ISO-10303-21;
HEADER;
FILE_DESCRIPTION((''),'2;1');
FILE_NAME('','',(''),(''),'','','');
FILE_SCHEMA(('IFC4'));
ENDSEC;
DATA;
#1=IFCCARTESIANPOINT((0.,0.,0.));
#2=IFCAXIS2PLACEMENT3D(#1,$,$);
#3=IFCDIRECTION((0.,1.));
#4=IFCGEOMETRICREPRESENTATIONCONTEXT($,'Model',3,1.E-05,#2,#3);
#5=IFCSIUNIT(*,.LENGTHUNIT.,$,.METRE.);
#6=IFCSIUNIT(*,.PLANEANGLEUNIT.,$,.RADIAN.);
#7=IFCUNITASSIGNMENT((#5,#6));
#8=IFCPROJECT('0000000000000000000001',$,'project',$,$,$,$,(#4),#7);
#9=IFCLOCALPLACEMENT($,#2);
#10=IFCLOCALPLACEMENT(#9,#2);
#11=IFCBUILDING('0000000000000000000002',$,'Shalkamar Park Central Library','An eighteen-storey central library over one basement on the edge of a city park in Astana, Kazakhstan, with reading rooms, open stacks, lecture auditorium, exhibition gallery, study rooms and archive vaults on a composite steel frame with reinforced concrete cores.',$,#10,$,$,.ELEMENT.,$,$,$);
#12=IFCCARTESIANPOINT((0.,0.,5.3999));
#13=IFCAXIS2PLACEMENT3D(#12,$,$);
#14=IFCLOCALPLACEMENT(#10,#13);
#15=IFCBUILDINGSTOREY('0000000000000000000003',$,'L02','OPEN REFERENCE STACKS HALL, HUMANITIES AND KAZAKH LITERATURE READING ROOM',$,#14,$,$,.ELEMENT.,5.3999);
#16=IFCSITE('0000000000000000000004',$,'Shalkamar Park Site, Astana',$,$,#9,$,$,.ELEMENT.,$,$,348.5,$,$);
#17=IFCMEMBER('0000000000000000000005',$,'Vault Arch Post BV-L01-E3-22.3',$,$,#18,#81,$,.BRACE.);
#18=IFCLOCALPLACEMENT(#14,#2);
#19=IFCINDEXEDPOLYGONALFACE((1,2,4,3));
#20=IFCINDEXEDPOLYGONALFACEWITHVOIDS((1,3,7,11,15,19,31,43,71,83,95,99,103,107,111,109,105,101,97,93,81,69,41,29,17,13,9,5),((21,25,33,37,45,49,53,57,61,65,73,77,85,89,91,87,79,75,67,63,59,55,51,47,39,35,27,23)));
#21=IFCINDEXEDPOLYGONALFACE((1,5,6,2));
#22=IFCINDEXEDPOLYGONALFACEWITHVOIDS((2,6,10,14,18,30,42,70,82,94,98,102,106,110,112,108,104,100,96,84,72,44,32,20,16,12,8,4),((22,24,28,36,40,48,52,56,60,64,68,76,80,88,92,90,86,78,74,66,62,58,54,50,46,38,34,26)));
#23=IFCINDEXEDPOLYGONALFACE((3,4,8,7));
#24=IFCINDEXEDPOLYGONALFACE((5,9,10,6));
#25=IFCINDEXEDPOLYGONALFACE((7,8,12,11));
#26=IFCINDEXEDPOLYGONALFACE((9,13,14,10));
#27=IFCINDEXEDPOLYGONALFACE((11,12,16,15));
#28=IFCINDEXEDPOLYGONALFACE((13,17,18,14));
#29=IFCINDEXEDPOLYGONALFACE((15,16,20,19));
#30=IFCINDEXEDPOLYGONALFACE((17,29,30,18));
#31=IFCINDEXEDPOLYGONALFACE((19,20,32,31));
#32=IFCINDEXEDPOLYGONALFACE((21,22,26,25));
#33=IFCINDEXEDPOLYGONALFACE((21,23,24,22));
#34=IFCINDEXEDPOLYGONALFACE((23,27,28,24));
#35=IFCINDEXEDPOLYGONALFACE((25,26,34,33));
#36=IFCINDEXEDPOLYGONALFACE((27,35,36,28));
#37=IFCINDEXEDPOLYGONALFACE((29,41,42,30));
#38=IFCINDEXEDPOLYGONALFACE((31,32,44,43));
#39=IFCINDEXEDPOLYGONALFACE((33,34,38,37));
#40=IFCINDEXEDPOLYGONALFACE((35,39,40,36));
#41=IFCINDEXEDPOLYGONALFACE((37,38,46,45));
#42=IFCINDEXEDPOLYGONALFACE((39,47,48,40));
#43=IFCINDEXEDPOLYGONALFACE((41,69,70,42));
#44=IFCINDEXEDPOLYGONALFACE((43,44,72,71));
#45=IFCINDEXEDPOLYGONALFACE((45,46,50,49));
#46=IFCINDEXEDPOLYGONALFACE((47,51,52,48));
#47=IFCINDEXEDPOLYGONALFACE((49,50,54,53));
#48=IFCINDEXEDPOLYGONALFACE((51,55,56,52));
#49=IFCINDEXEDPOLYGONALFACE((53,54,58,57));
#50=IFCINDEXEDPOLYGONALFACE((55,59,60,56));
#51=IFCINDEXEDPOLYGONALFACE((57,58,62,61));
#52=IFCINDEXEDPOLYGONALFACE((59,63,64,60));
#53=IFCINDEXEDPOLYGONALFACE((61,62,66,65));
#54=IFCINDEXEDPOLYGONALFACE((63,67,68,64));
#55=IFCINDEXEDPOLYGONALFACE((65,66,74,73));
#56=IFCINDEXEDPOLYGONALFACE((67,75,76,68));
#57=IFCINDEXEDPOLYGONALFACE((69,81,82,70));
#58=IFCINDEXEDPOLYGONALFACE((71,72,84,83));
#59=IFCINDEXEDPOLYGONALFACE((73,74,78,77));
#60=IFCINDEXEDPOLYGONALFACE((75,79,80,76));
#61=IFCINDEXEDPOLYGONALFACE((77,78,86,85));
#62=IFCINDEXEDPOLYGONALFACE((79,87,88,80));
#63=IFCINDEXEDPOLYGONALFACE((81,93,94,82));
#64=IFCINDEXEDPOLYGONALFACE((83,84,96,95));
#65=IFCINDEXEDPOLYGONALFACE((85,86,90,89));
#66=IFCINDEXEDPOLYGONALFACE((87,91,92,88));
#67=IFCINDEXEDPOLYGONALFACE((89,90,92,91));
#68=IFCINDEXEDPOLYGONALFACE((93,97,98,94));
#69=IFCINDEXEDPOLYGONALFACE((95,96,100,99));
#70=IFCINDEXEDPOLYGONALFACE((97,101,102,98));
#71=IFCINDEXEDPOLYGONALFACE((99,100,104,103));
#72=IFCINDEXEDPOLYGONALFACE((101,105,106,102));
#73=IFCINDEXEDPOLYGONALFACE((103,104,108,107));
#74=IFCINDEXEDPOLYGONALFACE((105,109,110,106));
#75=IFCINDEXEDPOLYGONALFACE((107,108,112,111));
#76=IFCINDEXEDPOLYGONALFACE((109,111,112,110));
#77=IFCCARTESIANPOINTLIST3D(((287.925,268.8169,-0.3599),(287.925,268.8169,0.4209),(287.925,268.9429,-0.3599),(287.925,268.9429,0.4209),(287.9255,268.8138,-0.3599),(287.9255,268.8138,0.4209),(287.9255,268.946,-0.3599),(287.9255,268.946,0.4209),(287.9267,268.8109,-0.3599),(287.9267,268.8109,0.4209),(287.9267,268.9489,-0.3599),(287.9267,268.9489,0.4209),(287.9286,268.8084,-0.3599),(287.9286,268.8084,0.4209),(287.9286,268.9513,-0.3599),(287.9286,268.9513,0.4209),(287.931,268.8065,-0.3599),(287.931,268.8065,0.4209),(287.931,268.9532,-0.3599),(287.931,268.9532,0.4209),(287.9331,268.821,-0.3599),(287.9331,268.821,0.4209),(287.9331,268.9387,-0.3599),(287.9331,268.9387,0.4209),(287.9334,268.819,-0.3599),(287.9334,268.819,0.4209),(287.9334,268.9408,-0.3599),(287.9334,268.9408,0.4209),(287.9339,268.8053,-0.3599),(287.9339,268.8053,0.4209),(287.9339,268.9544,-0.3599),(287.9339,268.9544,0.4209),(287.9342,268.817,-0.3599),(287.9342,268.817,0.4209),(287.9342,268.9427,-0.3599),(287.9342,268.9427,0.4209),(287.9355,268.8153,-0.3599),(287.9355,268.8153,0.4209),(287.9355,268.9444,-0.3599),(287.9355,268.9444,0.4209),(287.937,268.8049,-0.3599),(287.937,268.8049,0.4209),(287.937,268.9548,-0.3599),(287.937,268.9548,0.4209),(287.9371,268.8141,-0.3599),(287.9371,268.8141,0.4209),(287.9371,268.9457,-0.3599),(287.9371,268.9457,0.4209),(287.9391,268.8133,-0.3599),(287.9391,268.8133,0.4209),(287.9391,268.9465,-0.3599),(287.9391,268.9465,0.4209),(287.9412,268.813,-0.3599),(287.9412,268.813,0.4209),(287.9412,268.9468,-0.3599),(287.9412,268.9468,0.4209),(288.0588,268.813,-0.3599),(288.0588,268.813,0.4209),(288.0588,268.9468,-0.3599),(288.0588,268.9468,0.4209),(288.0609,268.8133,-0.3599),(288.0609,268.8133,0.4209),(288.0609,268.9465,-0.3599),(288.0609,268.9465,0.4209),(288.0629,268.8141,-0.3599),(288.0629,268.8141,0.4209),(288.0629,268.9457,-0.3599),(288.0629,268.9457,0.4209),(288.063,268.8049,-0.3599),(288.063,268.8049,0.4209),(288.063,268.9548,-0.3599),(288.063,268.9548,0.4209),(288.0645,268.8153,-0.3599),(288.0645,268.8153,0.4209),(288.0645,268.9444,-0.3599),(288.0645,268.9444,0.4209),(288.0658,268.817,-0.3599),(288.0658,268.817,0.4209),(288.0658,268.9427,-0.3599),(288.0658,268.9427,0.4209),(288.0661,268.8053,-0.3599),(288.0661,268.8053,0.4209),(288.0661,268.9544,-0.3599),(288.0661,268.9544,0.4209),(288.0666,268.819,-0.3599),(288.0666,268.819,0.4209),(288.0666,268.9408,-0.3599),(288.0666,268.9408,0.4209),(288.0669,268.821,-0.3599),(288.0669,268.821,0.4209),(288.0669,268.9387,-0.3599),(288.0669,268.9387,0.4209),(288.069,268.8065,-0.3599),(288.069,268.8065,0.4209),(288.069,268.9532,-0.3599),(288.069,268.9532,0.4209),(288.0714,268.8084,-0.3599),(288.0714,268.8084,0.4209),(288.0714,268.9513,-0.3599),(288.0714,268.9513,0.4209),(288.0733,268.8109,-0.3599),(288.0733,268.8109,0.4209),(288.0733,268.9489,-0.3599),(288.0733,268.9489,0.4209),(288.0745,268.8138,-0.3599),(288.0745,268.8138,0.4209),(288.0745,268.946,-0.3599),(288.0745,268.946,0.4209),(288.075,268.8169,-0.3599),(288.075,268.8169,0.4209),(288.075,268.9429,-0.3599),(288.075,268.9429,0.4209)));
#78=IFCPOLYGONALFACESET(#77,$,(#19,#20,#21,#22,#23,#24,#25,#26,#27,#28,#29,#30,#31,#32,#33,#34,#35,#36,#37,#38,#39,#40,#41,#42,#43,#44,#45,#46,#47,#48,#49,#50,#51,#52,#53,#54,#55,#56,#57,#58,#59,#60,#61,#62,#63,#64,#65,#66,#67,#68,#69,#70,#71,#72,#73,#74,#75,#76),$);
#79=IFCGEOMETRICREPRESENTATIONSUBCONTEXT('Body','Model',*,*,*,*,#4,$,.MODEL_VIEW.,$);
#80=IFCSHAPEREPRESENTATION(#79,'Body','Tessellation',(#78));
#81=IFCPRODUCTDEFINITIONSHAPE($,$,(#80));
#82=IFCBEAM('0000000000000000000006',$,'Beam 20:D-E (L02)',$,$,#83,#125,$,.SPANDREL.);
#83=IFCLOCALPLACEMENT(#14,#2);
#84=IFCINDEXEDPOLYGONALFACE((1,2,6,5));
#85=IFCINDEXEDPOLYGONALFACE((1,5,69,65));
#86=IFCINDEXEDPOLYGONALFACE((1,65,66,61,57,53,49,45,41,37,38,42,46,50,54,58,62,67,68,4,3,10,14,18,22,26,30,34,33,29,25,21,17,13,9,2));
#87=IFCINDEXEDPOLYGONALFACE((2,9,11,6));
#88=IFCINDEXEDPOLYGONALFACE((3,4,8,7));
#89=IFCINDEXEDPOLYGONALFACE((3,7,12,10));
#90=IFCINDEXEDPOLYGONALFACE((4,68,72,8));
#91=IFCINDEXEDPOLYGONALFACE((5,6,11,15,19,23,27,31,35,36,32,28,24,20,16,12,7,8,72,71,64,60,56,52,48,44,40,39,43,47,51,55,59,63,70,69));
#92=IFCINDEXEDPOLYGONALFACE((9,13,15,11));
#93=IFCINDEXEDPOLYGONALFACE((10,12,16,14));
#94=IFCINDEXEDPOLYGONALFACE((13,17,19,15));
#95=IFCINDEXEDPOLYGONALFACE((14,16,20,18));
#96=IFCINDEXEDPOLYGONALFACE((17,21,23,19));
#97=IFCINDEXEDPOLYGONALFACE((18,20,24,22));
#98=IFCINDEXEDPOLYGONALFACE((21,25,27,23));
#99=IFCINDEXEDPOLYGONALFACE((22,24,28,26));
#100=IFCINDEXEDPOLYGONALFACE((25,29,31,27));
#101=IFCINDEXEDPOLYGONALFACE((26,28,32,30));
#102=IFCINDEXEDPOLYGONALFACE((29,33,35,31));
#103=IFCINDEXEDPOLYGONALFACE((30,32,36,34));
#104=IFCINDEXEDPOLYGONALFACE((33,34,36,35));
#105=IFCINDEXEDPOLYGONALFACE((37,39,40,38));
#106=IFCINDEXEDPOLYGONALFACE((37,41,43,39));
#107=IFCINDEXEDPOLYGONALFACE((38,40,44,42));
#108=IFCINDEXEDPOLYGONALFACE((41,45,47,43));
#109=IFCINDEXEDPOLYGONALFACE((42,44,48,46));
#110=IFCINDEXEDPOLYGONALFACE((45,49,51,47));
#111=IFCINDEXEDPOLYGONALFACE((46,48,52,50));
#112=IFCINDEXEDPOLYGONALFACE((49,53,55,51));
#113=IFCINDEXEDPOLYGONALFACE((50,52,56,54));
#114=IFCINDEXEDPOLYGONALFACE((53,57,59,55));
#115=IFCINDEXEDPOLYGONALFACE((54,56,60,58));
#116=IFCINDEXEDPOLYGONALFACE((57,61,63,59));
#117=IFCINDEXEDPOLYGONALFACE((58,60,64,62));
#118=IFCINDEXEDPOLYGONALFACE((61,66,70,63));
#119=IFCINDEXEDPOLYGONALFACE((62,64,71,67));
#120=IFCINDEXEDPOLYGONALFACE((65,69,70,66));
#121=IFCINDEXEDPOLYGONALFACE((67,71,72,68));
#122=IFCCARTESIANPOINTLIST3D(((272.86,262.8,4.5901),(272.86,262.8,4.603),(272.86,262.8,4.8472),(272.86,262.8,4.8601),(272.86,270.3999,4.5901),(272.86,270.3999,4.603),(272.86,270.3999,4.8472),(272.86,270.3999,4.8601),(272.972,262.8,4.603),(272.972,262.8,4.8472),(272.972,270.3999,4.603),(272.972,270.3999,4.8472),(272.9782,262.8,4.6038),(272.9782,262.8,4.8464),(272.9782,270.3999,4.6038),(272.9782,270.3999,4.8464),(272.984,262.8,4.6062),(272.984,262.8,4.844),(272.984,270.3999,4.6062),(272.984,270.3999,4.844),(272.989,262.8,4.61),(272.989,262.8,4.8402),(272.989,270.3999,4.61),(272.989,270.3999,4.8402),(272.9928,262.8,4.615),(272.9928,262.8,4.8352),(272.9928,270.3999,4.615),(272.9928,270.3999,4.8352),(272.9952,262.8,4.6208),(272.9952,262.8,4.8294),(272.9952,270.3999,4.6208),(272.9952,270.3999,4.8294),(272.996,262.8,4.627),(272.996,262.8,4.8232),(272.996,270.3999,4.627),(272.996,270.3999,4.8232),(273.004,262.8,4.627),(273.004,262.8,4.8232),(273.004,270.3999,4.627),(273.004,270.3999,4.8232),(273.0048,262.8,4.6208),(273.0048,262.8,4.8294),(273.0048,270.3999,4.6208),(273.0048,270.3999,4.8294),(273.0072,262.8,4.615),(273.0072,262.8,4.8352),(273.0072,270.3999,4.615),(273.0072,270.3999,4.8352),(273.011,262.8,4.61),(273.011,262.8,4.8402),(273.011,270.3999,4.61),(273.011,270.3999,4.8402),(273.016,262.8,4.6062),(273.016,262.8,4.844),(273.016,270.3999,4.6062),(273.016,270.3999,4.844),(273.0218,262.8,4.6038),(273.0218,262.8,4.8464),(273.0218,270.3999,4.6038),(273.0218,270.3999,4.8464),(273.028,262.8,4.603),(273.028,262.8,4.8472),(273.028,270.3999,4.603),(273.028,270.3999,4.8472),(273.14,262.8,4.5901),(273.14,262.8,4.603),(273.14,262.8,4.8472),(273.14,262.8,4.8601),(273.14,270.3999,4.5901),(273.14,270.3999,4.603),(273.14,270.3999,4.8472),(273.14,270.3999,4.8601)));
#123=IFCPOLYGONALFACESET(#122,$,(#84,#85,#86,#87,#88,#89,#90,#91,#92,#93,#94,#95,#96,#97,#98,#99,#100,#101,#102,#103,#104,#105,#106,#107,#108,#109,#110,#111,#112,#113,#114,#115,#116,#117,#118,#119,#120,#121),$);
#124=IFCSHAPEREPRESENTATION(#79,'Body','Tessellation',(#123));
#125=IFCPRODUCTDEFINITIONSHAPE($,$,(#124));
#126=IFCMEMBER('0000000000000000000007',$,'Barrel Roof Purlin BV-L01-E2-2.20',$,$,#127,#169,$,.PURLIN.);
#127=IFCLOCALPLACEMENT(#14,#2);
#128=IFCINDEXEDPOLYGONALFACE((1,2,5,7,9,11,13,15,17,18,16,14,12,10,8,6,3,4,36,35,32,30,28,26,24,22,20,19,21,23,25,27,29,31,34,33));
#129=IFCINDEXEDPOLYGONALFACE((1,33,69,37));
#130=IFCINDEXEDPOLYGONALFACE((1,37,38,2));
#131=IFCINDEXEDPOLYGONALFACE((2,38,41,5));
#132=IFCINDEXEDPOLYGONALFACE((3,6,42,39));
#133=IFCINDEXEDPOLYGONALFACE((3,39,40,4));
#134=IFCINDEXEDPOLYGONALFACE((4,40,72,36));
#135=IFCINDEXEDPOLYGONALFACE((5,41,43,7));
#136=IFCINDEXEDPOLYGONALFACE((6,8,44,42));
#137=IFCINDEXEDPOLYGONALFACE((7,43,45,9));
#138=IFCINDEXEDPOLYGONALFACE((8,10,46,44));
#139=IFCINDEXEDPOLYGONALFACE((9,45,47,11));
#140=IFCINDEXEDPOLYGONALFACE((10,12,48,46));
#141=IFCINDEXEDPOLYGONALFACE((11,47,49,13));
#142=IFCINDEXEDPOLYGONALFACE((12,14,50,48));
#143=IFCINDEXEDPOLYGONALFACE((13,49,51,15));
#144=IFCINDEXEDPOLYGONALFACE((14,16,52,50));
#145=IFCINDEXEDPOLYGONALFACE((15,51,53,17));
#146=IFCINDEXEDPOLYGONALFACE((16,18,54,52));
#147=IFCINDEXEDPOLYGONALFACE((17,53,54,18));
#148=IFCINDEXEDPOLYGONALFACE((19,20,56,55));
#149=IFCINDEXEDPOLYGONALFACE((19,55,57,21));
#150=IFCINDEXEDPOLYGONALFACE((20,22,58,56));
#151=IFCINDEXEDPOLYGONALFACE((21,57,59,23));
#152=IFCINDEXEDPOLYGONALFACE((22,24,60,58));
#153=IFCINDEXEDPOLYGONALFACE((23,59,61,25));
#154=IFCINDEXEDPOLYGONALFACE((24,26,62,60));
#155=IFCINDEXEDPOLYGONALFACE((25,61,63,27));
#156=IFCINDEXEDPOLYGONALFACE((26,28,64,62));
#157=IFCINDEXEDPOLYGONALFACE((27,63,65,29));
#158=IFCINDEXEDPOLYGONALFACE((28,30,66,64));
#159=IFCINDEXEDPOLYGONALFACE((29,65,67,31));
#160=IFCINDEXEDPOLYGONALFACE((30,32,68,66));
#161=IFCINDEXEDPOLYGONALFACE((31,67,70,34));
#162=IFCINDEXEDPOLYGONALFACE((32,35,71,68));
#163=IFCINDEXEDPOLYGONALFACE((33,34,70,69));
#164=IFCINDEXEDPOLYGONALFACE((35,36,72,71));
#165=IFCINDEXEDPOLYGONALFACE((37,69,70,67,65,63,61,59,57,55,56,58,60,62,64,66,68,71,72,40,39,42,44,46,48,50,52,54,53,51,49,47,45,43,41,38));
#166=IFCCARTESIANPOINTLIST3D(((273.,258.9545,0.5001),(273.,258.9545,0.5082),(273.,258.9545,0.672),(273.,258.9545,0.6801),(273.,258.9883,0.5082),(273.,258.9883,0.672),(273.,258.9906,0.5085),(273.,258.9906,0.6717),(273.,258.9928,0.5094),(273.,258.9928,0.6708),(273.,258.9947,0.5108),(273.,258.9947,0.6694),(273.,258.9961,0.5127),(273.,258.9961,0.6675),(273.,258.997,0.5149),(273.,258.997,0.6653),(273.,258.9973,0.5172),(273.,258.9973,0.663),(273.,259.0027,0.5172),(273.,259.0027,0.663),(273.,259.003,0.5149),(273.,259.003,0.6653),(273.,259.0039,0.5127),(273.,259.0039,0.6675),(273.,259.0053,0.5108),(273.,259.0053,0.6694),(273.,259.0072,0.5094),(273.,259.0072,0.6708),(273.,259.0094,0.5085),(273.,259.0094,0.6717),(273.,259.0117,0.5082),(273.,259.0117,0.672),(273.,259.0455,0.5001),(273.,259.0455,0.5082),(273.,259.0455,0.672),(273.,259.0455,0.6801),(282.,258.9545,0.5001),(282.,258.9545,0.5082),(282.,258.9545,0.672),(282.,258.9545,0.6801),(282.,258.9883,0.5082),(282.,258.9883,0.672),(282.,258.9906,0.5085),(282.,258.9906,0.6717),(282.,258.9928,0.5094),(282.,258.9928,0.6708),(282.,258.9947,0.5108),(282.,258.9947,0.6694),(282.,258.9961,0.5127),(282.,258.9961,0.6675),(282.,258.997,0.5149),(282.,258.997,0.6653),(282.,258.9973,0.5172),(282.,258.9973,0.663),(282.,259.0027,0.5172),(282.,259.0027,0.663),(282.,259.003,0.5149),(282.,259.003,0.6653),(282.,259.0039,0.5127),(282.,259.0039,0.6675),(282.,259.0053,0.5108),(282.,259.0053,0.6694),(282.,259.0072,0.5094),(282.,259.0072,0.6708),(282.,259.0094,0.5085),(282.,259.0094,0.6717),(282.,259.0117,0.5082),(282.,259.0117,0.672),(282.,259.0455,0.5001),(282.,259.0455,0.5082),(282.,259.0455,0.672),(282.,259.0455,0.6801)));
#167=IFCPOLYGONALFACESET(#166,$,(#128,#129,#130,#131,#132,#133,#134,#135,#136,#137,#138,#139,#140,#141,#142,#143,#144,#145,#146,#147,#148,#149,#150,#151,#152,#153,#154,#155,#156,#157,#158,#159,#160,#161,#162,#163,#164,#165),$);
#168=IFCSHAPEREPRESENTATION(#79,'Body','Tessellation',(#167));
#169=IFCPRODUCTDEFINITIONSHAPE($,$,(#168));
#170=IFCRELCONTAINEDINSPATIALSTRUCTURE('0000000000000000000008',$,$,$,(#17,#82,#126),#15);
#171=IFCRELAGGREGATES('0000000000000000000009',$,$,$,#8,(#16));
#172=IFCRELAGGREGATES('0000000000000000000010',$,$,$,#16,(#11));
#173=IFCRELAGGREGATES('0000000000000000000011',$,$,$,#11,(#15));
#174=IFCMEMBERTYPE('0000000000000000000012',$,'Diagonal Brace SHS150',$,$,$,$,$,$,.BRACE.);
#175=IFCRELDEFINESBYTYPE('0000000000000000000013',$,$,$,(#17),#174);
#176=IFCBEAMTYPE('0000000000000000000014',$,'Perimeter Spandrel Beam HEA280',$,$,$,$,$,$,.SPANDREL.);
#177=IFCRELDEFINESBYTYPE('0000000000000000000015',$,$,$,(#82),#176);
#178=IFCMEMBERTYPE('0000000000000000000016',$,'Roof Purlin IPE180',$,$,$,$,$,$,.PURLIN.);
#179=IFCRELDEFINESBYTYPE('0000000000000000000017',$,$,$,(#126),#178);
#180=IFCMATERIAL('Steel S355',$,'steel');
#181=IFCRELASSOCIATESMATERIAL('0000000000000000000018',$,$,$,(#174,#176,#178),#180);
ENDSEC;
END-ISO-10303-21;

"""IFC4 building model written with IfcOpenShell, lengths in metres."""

from ifc_helpers import new_model, si_unit, direction, frame, origin, origin_2d, place, context, subcontext, project, spatial, hollow_rectangle, i_section, extrude, material, material_profile, profile_set, type_object, element, save


model = new_model("IFC4")

# Units and contexts
model_context = context("Model", 3, precision=1e-05, world=origin(), true_north=direction((0.0, 1.0)))
body_context = subcontext(model_context, "Body", "Model", "MODEL_VIEW")
ifc_project = project(units=[si_unit("LENGTHUNIT", "METRE"), si_unit("PLANEANGLEUNIT", "RADIAN")], contexts=[model_context])

# Site, building, storey
site_placement = place(None, origin())
site = spatial("IfcSite", under=ifc_project, at=site_placement, Name="Shalkamar Park Site, Astana", CompositionType="ELEMENT", RefElevation=348.5)
building_placement = place(site_placement, origin())
building = spatial("IfcBuilding", under=site, at=building_placement, Name="Shalkamar Park Central Library", Description="An eighteen-storey central library over one basement on the edge of a city park in Astana, Kazakhstan, with reading rooms, open stacks, lecture auditorium, exhibition gallery, study rooms and archive vaults on a composite steel frame with reinforced concrete cores.", CompositionType="ELEMENT")
storey_placement = place(building_placement, frame((0.0, 0.0, 5.3999)))
storey = spatial("IfcBuildingStorey", under=building, at=storey_placement, Name="L02", Description="OPEN REFERENCE STACKS HALL, HUMANITIES AND KAZAKH LITERATURE READING ROOM", CompositionType="ELEMENT", Elevation=5.3999)

# Shared definitions
ifc_material_1 = material(Name="Steel S355", Category="steel")

# Member
ifc_material_profile_1 = material_profile(ifc_material_1, hollow_rectangle(XDim=0.1499, YDim=0.1499, WallThickness=0.0081, InnerFilletRadius=0.0081, OuterFilletRadius=0.012, at=origin_2d()), Name="SHS 150x150x8")
ifc_profile_set_1 = profile_set([ifc_material_profile_1], Name="Steel S355")
member_type_1 = type_object("IfcMemberType", Name="Diagonal Brace SHS150", PredefinedType="BRACE", material=ifc_profile_set_1)
member_1_placement = place(storey_placement, frame((288.0, 268.8799, -0.3599), z_axis=(0.0, 0.0, 1.0), x_axis=(1.0, 0.0, 0.0)))
element("IfcMember", 1, at=member_1_placement, inside=storey, type_object=member_type_1, Name="Vault Arch Post BV-L01-E3-22.3", PredefinedType="BRACE", context=body_context, shape_type="SweptSolid", body=[
    extrude(hollow_rectangle(XDim=0.1499, YDim=0.1499, WallThickness=0.0081, InnerFilletRadius=0.0081, OuterFilletRadius=0.012, at=origin_2d()), origin(), (0.0, 0.0, 1.0), 0.7808),
])

# Beam
ifc_material_profile_2 = material_profile(ifc_material_1, i_section(OverallWidth=0.28, OverallDepth=0.27, WebThickness=0.0081, FlangeThickness=0.0129, FilletRadius=0.0239, at=origin_2d()), Name="HEA 280")
ifc_profile_set_2 = profile_set([ifc_material_profile_2], Name="Steel S355")
beam_type_1 = type_object("IfcBeamType", Name="Perimeter Spandrel Beam HEA280", PredefinedType="SPANDREL", material=ifc_profile_set_2)
beam_1_placement = place(storey_placement, frame((273.0, 262.8, 4.7251), z_axis=(0.0, 1.0, 0.0), x_axis=(-1.0, 0.0, 0.0)))
element("IfcBeam", 2, at=beam_1_placement, inside=storey, type_object=beam_type_1, Name="Beam 20:D-E (L02)", PredefinedType="SPANDREL", context=body_context, shape_type="SweptSolid", body=[
    extrude(i_section(OverallWidth=0.28, OverallDepth=0.27, WebThickness=0.0081, FlangeThickness=0.0129, FilletRadius=0.0239, at=origin_2d()), origin(), (0.0, 0.0, 1.0), 7.5999),
])

# Member
ifc_material_profile_3 = material_profile(ifc_material_1, i_section(OverallWidth=0.0911, OverallDepth=0.1799, WebThickness=0.0054, FlangeThickness=0.0081, FilletRadius=0.009, at=origin_2d()), Name="IPE 180")
ifc_profile_set_3 = profile_set([ifc_material_profile_3], Name="Steel S355")
member_type_2 = type_object("IfcMemberType", Name="Roof Purlin IPE180", PredefinedType="PURLIN", material=ifc_profile_set_3)
member_2_placement = place(storey_placement, frame((273.0, 259.0, 0.5901), z_axis=(1.0, 0.0, 0.0), x_axis=(0.0, 1.0, 0.0)))
element("IfcMember", 3, at=member_2_placement, inside=storey, type_object=member_type_2, Name="Barrel Roof Purlin BV-L01-E2-2.20", PredefinedType="PURLIN", context=body_context, shape_type="SweptSolid", body=[
    extrude(i_section(OverallWidth=0.0911, OverallDepth=0.1799, WebThickness=0.0054, FlangeThickness=0.0081, FilletRadius=0.009, at=origin_2d()), origin(), (0.0, 0.0, 1.0), 9.0),
])

save(model, "model.ifc")
